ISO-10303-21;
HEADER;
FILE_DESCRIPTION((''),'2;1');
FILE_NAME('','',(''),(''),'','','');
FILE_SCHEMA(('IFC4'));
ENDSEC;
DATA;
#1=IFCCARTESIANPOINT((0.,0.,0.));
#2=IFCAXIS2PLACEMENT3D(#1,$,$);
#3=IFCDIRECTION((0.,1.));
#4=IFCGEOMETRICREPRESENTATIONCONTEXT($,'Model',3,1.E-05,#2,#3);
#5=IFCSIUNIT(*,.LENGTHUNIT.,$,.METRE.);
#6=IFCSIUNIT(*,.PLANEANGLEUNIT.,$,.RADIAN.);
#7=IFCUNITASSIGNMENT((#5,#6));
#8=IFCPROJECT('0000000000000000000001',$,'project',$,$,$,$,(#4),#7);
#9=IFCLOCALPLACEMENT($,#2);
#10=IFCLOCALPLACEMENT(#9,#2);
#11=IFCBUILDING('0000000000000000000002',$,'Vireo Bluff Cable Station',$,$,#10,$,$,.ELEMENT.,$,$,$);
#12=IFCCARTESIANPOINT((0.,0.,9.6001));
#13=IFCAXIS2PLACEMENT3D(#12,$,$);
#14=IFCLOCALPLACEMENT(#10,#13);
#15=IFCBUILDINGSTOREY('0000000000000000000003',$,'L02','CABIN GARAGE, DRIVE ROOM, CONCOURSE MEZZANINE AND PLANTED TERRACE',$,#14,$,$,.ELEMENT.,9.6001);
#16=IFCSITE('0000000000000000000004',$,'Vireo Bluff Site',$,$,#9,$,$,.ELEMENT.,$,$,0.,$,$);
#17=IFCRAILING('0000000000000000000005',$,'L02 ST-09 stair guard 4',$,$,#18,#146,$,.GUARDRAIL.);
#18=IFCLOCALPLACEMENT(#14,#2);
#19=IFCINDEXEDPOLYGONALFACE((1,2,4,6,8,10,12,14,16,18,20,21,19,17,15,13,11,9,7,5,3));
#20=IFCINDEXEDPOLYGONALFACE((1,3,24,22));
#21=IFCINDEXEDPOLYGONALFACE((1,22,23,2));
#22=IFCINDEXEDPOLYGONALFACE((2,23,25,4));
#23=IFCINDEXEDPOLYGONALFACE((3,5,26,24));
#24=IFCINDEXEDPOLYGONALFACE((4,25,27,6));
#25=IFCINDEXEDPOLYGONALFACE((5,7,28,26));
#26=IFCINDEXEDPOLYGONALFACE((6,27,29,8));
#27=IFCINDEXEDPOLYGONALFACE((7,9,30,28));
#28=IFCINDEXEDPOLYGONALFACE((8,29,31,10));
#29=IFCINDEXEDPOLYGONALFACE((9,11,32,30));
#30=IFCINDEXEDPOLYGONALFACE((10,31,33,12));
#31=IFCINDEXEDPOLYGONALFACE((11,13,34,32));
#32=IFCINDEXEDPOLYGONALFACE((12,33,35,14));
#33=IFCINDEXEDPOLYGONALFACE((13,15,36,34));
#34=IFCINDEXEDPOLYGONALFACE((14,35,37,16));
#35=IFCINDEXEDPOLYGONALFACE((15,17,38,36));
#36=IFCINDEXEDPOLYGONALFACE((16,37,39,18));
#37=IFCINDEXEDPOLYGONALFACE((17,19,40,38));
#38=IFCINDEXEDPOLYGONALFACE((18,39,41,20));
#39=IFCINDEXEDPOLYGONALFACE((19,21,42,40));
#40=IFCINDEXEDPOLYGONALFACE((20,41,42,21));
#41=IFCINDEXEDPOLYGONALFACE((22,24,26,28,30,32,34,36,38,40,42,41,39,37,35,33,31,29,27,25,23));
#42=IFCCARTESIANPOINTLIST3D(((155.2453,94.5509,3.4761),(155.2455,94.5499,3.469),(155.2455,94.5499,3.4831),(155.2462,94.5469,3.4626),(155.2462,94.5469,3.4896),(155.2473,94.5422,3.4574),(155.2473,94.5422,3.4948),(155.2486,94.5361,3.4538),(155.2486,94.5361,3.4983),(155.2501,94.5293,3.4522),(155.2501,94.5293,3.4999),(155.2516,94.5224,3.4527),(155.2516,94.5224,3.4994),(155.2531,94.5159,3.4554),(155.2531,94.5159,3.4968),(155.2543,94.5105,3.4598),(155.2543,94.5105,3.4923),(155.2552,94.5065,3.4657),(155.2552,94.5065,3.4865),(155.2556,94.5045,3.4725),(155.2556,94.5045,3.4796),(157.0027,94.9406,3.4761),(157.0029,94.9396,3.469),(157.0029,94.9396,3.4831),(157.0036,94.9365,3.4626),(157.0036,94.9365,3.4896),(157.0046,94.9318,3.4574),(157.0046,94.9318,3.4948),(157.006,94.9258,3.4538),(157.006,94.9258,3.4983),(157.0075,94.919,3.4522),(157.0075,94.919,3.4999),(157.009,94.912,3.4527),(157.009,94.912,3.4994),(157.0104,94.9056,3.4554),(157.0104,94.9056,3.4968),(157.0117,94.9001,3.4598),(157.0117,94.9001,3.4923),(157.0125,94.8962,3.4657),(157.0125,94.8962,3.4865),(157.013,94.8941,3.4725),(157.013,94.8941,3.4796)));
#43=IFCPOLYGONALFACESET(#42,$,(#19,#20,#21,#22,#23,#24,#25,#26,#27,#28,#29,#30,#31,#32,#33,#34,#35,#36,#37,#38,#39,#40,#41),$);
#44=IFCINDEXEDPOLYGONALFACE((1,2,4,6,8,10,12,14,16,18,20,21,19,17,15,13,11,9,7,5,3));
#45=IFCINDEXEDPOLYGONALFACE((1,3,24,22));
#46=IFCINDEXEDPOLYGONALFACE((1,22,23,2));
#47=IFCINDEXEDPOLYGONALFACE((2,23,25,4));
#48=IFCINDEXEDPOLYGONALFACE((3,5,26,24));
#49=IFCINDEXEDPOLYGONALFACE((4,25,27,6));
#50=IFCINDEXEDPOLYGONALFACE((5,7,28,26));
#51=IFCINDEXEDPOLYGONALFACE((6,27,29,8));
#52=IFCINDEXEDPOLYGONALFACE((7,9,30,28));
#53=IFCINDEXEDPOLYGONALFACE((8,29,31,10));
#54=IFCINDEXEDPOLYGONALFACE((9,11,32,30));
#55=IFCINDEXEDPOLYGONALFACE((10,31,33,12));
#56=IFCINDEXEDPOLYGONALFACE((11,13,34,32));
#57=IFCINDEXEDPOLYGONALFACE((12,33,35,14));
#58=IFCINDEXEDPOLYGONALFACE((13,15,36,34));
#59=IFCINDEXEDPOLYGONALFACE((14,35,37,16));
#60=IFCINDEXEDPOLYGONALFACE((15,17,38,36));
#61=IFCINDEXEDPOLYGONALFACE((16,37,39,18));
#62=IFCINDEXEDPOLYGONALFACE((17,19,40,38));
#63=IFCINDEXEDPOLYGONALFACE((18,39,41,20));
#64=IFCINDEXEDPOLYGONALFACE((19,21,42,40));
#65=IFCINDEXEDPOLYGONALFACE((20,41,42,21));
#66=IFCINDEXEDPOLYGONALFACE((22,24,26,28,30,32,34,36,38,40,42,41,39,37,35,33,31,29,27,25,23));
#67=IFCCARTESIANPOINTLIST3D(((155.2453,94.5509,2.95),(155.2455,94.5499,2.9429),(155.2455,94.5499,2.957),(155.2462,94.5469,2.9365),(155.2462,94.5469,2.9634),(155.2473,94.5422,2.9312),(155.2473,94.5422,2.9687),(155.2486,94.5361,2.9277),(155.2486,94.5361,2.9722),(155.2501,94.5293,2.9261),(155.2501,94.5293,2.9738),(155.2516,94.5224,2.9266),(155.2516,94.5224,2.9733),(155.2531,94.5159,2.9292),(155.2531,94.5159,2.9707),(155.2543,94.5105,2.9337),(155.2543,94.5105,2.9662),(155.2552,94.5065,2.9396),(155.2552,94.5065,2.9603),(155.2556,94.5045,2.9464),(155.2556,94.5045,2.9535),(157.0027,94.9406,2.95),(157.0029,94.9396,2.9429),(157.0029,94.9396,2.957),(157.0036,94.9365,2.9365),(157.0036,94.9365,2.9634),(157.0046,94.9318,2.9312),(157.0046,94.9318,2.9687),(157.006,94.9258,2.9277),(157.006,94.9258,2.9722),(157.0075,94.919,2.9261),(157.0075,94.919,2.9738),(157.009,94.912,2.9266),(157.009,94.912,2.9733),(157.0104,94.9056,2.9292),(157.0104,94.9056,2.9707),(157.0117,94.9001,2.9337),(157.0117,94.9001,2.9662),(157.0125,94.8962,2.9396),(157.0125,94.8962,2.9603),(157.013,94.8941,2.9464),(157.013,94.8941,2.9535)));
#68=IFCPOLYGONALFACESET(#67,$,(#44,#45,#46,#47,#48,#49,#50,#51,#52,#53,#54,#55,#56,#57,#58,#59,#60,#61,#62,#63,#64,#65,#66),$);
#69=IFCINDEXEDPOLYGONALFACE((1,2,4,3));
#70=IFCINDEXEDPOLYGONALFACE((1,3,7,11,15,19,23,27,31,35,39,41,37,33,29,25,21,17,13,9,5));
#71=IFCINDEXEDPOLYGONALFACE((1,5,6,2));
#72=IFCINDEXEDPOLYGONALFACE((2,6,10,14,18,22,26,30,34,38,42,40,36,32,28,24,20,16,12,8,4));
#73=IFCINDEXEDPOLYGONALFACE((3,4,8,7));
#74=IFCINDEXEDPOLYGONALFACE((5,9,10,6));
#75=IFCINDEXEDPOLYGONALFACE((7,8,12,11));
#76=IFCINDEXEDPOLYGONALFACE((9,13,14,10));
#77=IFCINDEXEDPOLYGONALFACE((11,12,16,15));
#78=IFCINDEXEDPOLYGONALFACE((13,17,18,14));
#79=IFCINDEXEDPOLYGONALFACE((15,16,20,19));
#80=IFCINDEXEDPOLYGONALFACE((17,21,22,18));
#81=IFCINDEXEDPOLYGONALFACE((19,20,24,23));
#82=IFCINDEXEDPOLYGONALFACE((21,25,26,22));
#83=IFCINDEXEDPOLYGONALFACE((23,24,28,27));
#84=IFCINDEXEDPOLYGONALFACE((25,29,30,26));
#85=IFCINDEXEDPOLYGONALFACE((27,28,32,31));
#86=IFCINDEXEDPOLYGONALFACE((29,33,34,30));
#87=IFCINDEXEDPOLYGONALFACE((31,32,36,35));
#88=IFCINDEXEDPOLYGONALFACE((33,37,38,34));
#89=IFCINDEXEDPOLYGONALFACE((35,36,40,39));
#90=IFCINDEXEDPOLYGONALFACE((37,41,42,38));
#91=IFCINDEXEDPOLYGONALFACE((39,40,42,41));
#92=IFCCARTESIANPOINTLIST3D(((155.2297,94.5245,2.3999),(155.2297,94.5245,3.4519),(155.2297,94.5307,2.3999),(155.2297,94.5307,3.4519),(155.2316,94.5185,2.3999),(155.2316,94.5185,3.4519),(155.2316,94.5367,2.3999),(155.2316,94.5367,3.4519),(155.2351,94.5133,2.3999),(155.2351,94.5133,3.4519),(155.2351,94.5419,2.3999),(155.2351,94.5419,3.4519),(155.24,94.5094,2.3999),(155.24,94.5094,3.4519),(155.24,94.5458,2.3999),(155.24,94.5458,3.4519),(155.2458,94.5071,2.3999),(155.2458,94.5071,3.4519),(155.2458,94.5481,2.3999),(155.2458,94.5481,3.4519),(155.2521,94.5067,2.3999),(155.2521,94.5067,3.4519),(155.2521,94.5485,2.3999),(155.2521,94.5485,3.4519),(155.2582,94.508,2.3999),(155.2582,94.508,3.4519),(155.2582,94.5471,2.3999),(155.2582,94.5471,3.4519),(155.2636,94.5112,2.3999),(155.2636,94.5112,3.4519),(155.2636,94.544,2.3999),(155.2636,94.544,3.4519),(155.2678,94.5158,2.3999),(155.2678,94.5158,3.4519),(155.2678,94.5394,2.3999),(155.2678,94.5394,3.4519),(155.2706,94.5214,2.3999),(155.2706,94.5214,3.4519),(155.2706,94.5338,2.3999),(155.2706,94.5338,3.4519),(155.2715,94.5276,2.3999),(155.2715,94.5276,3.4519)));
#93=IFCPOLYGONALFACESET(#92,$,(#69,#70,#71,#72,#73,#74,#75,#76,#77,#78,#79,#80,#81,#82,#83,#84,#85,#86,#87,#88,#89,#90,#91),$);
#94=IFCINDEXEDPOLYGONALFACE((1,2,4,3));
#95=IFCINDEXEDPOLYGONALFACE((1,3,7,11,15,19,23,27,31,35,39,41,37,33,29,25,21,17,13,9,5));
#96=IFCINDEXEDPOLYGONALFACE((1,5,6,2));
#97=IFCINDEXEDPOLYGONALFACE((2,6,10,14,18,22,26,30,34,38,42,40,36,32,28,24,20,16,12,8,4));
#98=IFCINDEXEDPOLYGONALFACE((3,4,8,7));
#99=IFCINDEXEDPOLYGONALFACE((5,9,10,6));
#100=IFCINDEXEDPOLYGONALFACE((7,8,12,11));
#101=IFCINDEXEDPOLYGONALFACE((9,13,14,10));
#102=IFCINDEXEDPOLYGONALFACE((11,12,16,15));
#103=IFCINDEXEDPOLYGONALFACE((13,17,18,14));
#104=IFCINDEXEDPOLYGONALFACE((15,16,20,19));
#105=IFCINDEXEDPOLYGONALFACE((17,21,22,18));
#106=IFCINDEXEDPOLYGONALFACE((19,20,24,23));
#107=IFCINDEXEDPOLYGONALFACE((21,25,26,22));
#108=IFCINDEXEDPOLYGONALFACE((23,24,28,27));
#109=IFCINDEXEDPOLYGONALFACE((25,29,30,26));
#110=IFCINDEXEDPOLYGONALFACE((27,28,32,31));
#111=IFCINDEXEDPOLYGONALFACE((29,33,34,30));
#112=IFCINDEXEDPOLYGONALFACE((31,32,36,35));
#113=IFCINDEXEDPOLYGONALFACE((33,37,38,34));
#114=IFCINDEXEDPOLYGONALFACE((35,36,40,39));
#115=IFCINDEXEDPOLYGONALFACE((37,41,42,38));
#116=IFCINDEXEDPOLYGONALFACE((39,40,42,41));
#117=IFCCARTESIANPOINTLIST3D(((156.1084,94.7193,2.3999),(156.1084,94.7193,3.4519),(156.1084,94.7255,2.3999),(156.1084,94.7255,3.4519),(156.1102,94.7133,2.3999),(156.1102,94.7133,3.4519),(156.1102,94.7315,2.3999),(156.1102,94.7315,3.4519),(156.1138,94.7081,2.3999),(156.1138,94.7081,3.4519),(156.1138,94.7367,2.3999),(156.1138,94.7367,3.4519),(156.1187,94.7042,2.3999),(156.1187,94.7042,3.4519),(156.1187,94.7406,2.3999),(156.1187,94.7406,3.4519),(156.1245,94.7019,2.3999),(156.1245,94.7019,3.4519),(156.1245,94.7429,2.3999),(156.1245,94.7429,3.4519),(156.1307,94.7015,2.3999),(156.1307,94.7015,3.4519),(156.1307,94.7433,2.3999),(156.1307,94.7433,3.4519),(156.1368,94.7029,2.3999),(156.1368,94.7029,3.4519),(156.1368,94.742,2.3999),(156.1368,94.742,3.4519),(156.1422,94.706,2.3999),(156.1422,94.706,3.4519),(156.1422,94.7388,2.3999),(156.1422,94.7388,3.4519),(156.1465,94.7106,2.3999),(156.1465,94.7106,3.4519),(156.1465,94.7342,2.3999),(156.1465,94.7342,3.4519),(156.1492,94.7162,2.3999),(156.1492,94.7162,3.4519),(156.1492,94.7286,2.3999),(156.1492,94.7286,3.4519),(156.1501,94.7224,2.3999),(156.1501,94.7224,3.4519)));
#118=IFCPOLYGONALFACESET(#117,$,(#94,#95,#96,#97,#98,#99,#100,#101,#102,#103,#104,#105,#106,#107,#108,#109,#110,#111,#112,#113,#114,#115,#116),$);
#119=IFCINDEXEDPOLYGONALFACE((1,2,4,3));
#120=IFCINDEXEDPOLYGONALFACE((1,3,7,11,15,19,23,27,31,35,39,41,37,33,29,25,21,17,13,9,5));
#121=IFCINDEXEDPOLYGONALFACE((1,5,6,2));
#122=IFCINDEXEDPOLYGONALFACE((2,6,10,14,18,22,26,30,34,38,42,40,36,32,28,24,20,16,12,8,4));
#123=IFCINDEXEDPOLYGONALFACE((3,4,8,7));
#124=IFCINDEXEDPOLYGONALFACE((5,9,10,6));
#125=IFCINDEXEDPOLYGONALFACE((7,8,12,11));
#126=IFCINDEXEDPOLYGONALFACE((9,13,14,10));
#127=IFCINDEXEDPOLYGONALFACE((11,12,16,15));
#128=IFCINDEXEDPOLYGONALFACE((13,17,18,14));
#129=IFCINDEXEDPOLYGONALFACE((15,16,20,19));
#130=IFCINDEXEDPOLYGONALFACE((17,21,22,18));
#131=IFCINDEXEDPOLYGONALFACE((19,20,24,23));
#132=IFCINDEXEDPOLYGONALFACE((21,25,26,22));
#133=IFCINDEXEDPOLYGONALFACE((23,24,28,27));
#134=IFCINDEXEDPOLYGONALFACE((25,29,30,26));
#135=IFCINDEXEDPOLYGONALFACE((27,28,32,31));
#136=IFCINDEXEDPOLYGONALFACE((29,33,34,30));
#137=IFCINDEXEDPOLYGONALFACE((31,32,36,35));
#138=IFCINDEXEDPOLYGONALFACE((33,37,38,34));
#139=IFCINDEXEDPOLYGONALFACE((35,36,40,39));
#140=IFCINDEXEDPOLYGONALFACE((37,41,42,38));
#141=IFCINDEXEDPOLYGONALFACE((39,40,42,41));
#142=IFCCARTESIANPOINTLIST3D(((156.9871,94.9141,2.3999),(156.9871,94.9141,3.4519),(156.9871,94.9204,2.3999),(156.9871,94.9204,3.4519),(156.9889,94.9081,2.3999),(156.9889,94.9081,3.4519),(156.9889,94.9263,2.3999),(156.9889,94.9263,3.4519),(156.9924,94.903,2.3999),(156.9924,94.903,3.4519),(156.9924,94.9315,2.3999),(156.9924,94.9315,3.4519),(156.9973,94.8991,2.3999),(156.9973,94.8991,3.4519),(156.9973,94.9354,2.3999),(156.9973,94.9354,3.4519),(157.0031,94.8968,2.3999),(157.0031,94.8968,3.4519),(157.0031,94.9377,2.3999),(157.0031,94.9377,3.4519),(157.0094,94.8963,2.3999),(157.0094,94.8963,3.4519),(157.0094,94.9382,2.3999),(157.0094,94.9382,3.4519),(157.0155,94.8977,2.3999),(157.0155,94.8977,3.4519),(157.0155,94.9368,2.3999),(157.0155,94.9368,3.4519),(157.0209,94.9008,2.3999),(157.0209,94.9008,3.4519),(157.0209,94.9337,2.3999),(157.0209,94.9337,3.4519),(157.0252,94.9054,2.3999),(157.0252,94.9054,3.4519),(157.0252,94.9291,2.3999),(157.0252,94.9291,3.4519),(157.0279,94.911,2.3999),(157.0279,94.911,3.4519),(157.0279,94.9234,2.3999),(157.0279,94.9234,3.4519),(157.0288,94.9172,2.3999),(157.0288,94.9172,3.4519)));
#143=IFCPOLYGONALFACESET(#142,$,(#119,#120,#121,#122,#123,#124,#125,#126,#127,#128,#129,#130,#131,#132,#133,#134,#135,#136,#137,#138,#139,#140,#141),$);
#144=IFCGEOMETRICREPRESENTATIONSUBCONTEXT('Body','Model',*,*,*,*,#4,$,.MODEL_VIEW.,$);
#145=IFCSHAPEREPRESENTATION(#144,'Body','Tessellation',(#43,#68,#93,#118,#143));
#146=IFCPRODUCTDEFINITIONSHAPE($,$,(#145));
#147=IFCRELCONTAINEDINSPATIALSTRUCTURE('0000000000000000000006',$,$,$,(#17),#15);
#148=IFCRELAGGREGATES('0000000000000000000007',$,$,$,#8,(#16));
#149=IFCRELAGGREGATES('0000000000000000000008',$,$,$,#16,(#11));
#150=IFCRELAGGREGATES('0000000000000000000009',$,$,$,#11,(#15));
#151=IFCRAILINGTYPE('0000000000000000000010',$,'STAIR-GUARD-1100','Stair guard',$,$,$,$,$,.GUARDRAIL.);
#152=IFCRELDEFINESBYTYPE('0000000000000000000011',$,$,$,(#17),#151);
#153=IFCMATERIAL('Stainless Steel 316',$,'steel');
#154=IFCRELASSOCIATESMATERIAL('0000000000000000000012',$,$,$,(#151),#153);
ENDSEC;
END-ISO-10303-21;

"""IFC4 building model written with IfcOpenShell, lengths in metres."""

from ifc_helpers import new_model, si_unit, direction, frame, origin, origin_2d, place, context, subcontext, project, spatial, circle, extrude, material, type_object, element, save


model = new_model("IFC4")

# Units and contexts
model_context = context("Model", 3, precision=1e-05, world=origin(), true_north=direction((0.0, 1.0)))
body_context = subcontext(model_context, "Body", "Model", "MODEL_VIEW")
ifc_project = project(units=[si_unit("LENGTHUNIT", "METRE"), si_unit("PLANEANGLEUNIT", "RADIAN")], contexts=[model_context])

# Site, building, storey
site_placement = place(None, origin())
site = spatial("IfcSite", under=ifc_project, at=site_placement, Name="Vireo Bluff Site", CompositionType="ELEMENT", RefElevation=0.0)
building_placement = place(site_placement, origin())
building = spatial("IfcBuilding", under=site, at=building_placement, Name="Vireo Bluff Cable Station", CompositionType="ELEMENT")
storey_placement = place(building_placement, frame((0.0, 0.0, 9.6001)))
storey = spatial("IfcBuildingStorey", under=building, at=storey_placement, Name="L02", Description="CABIN GARAGE, DRIVE ROOM, CONCOURSE MEZZANINE AND PLANTED TERRACE", CompositionType="ELEMENT", Elevation=9.6001)

# Railing
ifc_material_1 = material(Name="Stainless Steel 316", Category="steel")
railing_type_1 = type_object("IfcRailingType", Name="STAIR-GUARD-1100", Description="Stair guard", PredefinedType="GUARDRAIL", material=ifc_material_1)
railing_1_placement = place(storey_placement, frame((155.2505, 94.5276, 2.3999)))
element("IfcRailing", 1, at=railing_1_placement, inside=storey, type_object=railing_type_1, Name="L02 ST-09 stair guard 4", PredefinedType="GUARDRAIL", context=body_context, shape_type="SweptSolid", body=[
    extrude(circle(Radius=0.0239, at=origin_2d()), frame((0.0, 0.0, 1.0762), z_axis=(0.976289, 0.216471, 0.0), x_axis=(-0.216471, 0.976289, 0.0)), (0.0, 0.0, 1.0), 1.8),
    extrude(circle(Radius=0.0239, at=origin_2d()), frame((0.0, 0.0, 0.55), z_axis=(0.976289, 0.216471, 0.0), x_axis=(-0.216471, 0.976289, 0.0)), (0.0, 0.0, 1.0), 1.8),
    extrude(circle(Radius=0.021, at=origin_2d()), origin(), (0.0, 0.0, 1.0), 1.052),
    extrude(circle(Radius=0.021, at=origin_2d()), frame((0.8787, 0.1948, 0.0)), (0.0, 0.0, 1.0), 1.052),
    extrude(circle(Radius=0.021, at=origin_2d()), frame((1.7573, 0.3896, 0.0)), (0.0, 0.0, 1.0), 1.052),
])

save(model, "model.ifc")
